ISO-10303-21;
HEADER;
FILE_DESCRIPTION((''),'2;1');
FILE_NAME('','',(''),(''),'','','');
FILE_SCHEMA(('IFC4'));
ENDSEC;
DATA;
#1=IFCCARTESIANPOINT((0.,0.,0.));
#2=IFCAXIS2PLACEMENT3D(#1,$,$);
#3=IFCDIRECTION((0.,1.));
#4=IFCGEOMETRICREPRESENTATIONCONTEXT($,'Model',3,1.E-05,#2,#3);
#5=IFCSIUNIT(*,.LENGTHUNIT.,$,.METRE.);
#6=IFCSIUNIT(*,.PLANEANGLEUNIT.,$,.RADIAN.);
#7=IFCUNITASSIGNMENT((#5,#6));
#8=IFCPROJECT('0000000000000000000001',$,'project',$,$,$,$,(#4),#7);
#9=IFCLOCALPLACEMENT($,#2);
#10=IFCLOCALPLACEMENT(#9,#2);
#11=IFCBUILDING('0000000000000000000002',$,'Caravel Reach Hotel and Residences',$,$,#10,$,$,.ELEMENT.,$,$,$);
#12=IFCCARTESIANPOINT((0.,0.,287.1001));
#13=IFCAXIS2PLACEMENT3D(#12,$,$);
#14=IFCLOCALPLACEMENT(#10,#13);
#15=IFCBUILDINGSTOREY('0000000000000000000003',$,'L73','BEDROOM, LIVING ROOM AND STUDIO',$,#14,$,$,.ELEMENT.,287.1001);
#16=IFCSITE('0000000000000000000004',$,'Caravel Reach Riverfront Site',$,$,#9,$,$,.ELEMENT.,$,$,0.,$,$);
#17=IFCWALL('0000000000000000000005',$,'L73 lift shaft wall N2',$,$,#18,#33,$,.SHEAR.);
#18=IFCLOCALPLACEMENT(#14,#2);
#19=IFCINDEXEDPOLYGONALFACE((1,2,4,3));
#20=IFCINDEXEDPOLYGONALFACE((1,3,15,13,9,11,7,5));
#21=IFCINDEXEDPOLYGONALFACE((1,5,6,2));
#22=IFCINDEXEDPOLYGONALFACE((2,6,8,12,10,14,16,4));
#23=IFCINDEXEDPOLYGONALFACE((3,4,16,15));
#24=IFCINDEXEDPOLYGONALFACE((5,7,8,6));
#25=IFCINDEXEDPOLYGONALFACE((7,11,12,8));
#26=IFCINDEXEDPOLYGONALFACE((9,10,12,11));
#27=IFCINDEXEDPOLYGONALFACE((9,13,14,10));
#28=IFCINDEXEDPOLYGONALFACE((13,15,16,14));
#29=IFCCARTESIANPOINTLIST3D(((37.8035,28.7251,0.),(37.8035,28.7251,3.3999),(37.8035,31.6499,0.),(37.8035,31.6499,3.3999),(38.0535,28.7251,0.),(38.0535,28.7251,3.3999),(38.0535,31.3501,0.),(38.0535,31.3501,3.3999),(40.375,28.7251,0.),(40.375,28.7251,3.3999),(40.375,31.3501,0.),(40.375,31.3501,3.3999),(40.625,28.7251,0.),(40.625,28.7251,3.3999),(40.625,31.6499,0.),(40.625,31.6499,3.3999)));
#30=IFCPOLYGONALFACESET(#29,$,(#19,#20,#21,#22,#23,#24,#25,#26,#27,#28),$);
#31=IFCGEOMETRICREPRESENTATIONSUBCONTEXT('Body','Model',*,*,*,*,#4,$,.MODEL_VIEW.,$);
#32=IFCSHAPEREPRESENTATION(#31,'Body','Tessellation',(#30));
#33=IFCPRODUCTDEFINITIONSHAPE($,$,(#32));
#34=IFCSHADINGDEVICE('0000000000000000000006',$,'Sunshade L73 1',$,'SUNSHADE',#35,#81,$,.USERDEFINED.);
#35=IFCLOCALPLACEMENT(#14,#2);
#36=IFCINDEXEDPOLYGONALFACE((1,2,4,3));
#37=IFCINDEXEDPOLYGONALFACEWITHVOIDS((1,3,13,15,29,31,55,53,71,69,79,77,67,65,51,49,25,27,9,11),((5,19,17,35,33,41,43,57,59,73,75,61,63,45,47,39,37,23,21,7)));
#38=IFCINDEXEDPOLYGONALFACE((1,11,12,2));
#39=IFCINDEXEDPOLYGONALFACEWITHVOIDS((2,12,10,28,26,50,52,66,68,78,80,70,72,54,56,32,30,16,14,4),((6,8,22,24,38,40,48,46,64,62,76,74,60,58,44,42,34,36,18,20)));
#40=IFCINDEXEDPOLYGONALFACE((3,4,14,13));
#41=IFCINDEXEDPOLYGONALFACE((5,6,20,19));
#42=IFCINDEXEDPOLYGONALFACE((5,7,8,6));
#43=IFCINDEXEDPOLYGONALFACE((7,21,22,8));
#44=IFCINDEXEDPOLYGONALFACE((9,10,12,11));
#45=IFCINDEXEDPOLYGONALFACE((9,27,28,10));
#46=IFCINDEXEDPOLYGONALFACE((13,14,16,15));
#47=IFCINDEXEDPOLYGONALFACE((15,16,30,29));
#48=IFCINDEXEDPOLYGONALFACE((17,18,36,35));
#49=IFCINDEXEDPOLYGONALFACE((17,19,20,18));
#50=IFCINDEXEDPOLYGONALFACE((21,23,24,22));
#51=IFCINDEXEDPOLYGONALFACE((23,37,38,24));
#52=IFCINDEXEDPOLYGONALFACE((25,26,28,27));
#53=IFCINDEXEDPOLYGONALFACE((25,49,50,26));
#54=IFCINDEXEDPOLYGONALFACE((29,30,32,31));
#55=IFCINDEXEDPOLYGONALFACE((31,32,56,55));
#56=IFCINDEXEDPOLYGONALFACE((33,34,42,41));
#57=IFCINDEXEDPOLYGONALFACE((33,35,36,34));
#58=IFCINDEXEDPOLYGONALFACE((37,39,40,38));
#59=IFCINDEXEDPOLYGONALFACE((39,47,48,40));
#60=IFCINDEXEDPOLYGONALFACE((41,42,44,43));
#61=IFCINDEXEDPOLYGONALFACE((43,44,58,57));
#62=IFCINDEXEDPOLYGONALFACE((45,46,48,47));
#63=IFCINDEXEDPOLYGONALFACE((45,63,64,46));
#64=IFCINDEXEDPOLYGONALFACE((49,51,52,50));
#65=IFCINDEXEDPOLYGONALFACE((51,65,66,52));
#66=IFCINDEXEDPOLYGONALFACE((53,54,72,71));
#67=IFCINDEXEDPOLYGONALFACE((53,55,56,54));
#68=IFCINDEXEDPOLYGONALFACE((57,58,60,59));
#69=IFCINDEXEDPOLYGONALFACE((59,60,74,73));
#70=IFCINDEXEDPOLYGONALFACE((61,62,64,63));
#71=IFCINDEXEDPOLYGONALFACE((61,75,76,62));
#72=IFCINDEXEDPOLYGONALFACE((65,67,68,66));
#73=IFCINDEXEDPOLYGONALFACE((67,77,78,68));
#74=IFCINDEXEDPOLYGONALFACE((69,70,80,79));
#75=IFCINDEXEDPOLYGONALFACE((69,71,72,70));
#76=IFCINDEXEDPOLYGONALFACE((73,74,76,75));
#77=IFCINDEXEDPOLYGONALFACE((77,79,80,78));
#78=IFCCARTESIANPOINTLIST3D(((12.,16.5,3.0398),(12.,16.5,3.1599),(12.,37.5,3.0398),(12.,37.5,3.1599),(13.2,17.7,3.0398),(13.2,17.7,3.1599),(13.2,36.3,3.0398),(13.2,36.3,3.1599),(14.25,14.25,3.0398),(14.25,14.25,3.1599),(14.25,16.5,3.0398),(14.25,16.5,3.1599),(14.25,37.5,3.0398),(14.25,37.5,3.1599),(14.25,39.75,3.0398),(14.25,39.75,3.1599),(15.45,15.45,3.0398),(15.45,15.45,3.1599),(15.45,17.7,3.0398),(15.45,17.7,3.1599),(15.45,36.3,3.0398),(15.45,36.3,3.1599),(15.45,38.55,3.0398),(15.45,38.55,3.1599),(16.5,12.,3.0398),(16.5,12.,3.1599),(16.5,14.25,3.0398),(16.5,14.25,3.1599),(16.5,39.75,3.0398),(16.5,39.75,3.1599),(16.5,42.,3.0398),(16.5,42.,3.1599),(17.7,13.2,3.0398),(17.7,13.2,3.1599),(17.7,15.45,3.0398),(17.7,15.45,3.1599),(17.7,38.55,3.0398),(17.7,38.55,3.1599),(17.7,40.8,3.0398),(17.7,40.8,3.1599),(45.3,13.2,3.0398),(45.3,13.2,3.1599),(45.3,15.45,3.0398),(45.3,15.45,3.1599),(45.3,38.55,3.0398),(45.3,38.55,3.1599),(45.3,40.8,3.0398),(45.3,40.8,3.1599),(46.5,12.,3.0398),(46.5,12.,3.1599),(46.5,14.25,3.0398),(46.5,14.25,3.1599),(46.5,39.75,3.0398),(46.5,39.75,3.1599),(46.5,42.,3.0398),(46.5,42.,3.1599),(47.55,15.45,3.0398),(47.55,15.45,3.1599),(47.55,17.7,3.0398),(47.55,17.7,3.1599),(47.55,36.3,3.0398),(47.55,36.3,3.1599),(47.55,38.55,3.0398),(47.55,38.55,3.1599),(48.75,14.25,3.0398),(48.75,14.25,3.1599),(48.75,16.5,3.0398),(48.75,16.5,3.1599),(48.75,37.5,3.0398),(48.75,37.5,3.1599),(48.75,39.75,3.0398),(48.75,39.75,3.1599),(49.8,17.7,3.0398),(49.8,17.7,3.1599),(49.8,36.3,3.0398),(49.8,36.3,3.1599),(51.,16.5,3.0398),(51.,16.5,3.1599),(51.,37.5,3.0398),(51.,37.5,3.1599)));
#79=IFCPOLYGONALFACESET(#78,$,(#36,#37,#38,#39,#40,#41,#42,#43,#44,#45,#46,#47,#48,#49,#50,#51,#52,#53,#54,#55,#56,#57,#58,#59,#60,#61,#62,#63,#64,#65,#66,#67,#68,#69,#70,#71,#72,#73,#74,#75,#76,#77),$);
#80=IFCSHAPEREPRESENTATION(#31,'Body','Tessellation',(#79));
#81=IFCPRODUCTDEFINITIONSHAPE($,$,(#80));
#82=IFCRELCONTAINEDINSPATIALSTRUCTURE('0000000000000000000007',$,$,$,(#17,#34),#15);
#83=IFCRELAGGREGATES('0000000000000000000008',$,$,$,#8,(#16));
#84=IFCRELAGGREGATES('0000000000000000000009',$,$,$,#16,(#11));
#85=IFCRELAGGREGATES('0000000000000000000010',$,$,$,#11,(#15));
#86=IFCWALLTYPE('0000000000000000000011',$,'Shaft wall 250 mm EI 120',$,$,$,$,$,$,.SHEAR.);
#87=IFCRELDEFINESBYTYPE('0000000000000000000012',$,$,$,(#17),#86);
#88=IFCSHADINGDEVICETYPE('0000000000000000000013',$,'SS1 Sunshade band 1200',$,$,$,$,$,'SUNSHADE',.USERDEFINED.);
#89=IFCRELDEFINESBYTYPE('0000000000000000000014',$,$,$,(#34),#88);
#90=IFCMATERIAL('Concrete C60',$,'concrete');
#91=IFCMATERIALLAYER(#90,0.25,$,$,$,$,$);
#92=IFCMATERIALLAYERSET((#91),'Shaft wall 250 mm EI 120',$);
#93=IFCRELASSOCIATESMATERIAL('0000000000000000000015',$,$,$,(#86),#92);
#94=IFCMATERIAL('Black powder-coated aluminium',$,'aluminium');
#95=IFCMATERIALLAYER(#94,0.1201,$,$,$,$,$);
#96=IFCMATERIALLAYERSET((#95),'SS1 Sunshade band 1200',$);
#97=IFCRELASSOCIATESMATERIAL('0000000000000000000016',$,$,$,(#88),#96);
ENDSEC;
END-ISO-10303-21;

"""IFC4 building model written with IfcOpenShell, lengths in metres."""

from ifc_helpers import new_model, si_unit, direction, frame, origin, place, context, subcontext, project, spatial, polyline, outline, extrude, material, layer, layer_set, type_object, element, save


model = new_model("IFC4")

# Units and contexts
model_context = context("Model", 3, precision=1e-05, world=origin(), true_north=direction((0.0, 1.0)))
body_context = subcontext(model_context, "Body", "Model", "MODEL_VIEW")
ifc_project = project(units=[si_unit("LENGTHUNIT", "METRE"), si_unit("PLANEANGLEUNIT", "RADIAN")], contexts=[model_context])

# Site, building, storey
site_placement = place(None, origin())
site = spatial("IfcSite", under=ifc_project, at=site_placement, Name="Caravel Reach Riverfront Site", CompositionType="ELEMENT", RefElevation=0.0)
building_placement = place(site_placement, origin())
building = spatial("IfcBuilding", under=site, at=building_placement, Name="Caravel Reach Hotel and Residences", CompositionType="ELEMENT")
storey_placement = place(building_placement, frame((0.0, 0.0, 287.1001)))
storey = spatial("IfcBuildingStorey", under=building, at=storey_placement, Name="L73", Description="BEDROOM, LIVING ROOM AND STUDIO", CompositionType="ELEMENT", Elevation=287.1001)

# Wall
ifc_material_1 = material(Name="Concrete C60", Category="concrete")
ifc_layer_1 = layer(ifc_material_1, 0.25)
ifc_layer_set_1 = layer_set([ifc_layer_1], Name="Shaft wall 250 mm EI 120")
wall_type_1 = type_object("IfcWallType", Name="Shaft wall 250 mm EI 120", PredefinedType="SHEAR", material=ifc_layer_set_1)
wall_1_placement = place(storey_placement, origin())
element("IfcWall", 1, at=wall_1_placement, inside=storey, type_object=wall_type_1, Name="L73 lift shaft wall N2", PredefinedType="SHEAR", context=body_context, shape_type="SweptSolid", body=[
    extrude(outline(polyline([(37.8035, 28.7251), (38.0535, 28.7251), (38.0535, 31.3501), (40.375, 31.3501), (40.375, 28.7251), (40.625, 28.7251), (40.625, 31.6499), (37.8035, 31.6499), (37.8035, 28.7251)])), origin(), (0.0, 0.0, 1.0), 3.3999),
])

# Shading device
ifc_material_2 = material(Name="Black powder-coated aluminium", Category="aluminium")
ifc_layer_2 = layer(ifc_material_2, 0.1201)
ifc_layer_set_2 = layer_set([ifc_layer_2], Name="SS1 Sunshade band 1200")
shading_device_type = type_object("IfcShadingDeviceType", Name="SS1 Sunshade band 1200", ElementType="SUNSHADE", PredefinedType="USERDEFINED", material=ifc_layer_set_2)
shading_device_placement = place(storey_placement, frame((0.0, 0.0, 3.0398)))
element("IfcShadingDevice", 2, at=shading_device_placement, inside=storey, type_object=shading_device_type, Name="Sunshade L73 1", ObjectType="SUNSHADE", PredefinedType="USERDEFINED", context=body_context, shape_type="SweptSolid", body=[
    extrude(outline(polyline([(16.5, 12.0), (46.5, 12.0), (46.5, 14.25), (48.75, 14.25), (48.75, 16.5), (51.0, 16.5), (51.0, 37.5), (48.75, 37.5), (48.75, 39.75), (46.5, 39.75), (46.5, 42.0), (16.5, 42.0), (16.5, 39.75), (14.25, 39.75), (14.25, 37.5), (12.0, 37.5), (12.0, 16.5), (14.25, 16.5), (14.25, 14.25), (16.5, 14.25), (16.5, 12.0)]), holes=[polyline([(45.3, 15.45), (45.3, 13.2), (17.7, 13.2), (17.7, 15.45), (15.45, 15.45), (15.45, 17.7), (13.2, 17.7), (13.2, 36.3), (15.45, 36.3), (15.45, 38.55), (17.7, 38.55), (17.7, 40.8), (45.3, 40.8), (45.3, 38.55), (47.55, 38.55), (47.55, 36.3), (49.8, 36.3), (49.8, 17.7), (47.55, 17.7), (47.55, 15.45), (45.3, 15.45)])]), origin(), (0.0, 0.0, 1.0), 0.1201),
])

save(model, "model.ifc")
